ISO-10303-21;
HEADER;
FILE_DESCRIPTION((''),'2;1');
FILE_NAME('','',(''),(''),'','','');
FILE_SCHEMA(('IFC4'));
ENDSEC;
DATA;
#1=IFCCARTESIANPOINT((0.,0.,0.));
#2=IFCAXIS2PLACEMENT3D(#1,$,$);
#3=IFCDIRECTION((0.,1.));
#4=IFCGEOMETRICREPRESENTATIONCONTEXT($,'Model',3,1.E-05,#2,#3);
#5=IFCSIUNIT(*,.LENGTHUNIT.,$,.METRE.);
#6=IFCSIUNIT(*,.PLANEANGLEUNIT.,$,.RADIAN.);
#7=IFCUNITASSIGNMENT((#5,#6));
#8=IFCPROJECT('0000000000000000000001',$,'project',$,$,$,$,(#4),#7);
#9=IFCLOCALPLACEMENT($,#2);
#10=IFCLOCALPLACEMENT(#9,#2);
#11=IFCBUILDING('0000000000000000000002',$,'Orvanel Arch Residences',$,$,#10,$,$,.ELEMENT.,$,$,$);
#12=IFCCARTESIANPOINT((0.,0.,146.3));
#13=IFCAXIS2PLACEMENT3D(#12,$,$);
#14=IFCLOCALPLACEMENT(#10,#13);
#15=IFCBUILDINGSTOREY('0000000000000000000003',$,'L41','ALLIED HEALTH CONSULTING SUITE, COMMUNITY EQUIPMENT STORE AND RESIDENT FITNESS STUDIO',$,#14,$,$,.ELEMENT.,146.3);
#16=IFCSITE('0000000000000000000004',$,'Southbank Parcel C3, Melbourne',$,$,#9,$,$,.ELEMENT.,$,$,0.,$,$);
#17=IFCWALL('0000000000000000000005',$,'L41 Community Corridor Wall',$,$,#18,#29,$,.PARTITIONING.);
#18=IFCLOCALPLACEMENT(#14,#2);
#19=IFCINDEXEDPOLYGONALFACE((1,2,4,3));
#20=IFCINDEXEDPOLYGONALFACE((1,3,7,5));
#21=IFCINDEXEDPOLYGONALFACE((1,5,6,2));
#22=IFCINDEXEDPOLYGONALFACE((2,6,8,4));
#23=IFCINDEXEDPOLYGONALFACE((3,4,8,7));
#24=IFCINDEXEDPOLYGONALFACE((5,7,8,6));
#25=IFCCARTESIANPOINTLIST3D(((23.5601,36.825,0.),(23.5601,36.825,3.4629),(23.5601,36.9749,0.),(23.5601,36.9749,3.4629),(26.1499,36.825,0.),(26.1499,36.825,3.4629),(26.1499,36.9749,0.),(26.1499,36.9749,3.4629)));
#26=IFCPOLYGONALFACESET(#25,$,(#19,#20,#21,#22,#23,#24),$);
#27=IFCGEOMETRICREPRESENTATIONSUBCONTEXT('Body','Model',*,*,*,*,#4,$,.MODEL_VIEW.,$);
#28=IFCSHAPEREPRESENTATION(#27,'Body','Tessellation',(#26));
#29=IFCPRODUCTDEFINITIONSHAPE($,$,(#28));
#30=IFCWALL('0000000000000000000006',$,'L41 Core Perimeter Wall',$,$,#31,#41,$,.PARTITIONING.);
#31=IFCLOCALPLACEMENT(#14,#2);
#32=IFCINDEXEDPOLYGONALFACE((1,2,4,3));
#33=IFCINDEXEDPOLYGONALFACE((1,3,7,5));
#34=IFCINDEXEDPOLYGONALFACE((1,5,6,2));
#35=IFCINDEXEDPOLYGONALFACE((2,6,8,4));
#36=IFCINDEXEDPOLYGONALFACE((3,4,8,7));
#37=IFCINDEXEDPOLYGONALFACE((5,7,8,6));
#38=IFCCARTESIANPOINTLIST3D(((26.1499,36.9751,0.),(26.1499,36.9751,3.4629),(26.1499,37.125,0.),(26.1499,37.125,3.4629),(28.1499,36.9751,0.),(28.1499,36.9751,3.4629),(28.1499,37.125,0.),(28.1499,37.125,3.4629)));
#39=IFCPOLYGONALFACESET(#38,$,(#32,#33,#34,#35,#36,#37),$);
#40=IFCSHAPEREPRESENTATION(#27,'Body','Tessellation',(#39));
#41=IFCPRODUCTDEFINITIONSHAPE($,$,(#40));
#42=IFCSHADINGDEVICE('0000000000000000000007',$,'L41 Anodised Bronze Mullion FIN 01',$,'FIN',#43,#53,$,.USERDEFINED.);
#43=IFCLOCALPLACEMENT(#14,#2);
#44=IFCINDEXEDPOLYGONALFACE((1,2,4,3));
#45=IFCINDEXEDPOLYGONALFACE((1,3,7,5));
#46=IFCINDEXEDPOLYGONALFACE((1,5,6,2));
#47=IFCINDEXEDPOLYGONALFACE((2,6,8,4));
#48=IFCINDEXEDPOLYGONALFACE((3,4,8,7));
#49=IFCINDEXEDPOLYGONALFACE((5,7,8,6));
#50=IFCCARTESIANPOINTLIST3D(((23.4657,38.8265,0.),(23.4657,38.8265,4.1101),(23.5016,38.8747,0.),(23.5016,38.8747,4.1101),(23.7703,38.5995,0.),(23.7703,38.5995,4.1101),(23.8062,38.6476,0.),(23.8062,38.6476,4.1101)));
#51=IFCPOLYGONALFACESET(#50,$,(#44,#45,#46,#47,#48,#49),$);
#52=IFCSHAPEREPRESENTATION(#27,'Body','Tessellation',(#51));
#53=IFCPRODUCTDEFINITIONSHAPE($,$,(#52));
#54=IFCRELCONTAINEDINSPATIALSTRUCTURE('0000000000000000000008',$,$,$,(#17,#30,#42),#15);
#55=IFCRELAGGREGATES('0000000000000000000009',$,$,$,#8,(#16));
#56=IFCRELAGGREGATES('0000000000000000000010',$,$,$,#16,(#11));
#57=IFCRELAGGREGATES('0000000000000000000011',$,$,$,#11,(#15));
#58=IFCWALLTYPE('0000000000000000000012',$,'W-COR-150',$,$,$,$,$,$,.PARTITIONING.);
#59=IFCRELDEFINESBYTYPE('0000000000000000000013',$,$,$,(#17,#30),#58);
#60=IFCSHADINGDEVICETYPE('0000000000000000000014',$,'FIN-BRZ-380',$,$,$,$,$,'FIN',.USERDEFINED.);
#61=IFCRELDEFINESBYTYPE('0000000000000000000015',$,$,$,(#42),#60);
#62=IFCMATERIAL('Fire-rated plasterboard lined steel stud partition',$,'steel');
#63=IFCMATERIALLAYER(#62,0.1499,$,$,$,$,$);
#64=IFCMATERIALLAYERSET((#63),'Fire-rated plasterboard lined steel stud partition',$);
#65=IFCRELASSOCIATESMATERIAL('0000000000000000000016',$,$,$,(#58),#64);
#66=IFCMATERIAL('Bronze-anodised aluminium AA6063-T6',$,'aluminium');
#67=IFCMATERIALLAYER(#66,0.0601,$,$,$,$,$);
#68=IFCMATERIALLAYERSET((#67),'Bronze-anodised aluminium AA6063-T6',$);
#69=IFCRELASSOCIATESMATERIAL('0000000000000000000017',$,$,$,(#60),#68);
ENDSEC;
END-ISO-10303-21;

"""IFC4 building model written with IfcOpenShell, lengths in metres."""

from ifc_helpers import new_model, si_unit, direction, frame, frame_2d, origin, origin_2d, place, context, subcontext, project, spatial, rectangle, extrude, material, layer, layer_set, type_object, element, save


model = new_model("IFC4")

# Units and contexts
model_context = context("Model", 3, precision=1e-05, world=origin(), true_north=direction((0.0, 1.0)))
body_context = subcontext(model_context, "Body", "Model", "MODEL_VIEW")
ifc_project = project(units=[si_unit("LENGTHUNIT", "METRE"), si_unit("PLANEANGLEUNIT", "RADIAN")], contexts=[model_context])

# Site, building, storey
site_placement = place(None, origin())
site = spatial("IfcSite", under=ifc_project, at=site_placement, Name="Southbank Parcel C3, Melbourne", CompositionType="ELEMENT", RefElevation=0.0)
building_placement = place(site_placement, origin())
building = spatial("IfcBuilding", under=site, at=building_placement, Name="Orvanel Arch Residences", CompositionType="ELEMENT")
storey_placement = place(building_placement, frame((0.0, 0.0, 146.3)))
storey = spatial("IfcBuildingStorey", under=building, at=storey_placement, Name="L41", Description="ALLIED HEALTH CONSULTING SUITE, COMMUNITY EQUIPMENT STORE AND RESIDENT FITNESS STUDIO", CompositionType="ELEMENT", Elevation=146.3)

# Shared definitions
ifc_material_1 = material(Name="Bronze-anodised aluminium AA6063-T6", Category="aluminium")

# Walls
ifc_material_2 = material(Name="Fire-rated plasterboard lined steel stud partition", Category="steel")
ifc_layer_1 = layer(ifc_material_2, 0.1499)
ifc_layer_set_1 = layer_set([ifc_layer_1], Name="Fire-rated plasterboard lined steel stud partition")
wall_type_1 = type_object("IfcWallType", Name="W-COR-150", PredefinedType="PARTITIONING", material=ifc_layer_set_1)
wall_1_placement = place(storey_placement, frame((23.5601, 36.8999, 0.0), z_axis=(0.0, 0.0, 1.0), x_axis=(1.0, 0.0, 0.0)))
element("IfcWall", 1, at=wall_1_placement, inside=storey, type_object=wall_type_1, Name="L41 Community Corridor Wall", PredefinedType="PARTITIONING", context=body_context, shape_type="SweptSolid", body=[
    extrude(rectangle(XDim=2.5898, YDim=0.1499, at=frame_2d((1.2949, 0.0))), origin(), (0.0, 0.0, 1.0), 3.4629),
])
wall_2_placement = place(storey_placement, frame((26.1499, 37.05, 0.0), z_axis=(0.0, 0.0, 1.0), x_axis=(1.0, 0.0, 0.0)))
element("IfcWall", 2, at=wall_2_placement, inside=storey, type_object=wall_type_1, Name="L41 Core Perimeter Wall", PredefinedType="PARTITIONING", context=body_context, shape_type="SweptSolid", body=[
    extrude(rectangle(XDim=2.0, YDim=0.1499, at=frame_2d((1.0, 0.0))), origin(), (0.0, 0.0, 1.0), 3.4629),
])

# Shading device
ifc_layer_2 = layer(ifc_material_1, 0.0601)
ifc_layer_set_2 = layer_set([ifc_layer_2], Name="Bronze-anodised aluminium AA6063-T6")
shading_device_type = type_object("IfcShadingDeviceType", Name="FIN-BRZ-380", ElementType="FIN", PredefinedType="USERDEFINED", material=ifc_layer_set_2)
shading_device_placement = place(storey_placement, frame((23.636, 38.7371, 0.0), z_axis=(0.0, 0.0, 1.0), x_axis=(-0.801776, 0.597625, 0.0)))
element("IfcShadingDevice", 3, at=shading_device_placement, inside=storey, type_object=shading_device_type, Name="L41 Anodised Bronze Mullion FIN 01", ObjectType="FIN", PredefinedType="USERDEFINED", context=body_context, shape_type="SweptSolid", body=[
    extrude(rectangle(XDim=0.3799, YDim=0.0601, at=origin_2d()), origin(), (0.0, 0.0, 1.0), 4.1101),
])

save(model, "model.ifc")
